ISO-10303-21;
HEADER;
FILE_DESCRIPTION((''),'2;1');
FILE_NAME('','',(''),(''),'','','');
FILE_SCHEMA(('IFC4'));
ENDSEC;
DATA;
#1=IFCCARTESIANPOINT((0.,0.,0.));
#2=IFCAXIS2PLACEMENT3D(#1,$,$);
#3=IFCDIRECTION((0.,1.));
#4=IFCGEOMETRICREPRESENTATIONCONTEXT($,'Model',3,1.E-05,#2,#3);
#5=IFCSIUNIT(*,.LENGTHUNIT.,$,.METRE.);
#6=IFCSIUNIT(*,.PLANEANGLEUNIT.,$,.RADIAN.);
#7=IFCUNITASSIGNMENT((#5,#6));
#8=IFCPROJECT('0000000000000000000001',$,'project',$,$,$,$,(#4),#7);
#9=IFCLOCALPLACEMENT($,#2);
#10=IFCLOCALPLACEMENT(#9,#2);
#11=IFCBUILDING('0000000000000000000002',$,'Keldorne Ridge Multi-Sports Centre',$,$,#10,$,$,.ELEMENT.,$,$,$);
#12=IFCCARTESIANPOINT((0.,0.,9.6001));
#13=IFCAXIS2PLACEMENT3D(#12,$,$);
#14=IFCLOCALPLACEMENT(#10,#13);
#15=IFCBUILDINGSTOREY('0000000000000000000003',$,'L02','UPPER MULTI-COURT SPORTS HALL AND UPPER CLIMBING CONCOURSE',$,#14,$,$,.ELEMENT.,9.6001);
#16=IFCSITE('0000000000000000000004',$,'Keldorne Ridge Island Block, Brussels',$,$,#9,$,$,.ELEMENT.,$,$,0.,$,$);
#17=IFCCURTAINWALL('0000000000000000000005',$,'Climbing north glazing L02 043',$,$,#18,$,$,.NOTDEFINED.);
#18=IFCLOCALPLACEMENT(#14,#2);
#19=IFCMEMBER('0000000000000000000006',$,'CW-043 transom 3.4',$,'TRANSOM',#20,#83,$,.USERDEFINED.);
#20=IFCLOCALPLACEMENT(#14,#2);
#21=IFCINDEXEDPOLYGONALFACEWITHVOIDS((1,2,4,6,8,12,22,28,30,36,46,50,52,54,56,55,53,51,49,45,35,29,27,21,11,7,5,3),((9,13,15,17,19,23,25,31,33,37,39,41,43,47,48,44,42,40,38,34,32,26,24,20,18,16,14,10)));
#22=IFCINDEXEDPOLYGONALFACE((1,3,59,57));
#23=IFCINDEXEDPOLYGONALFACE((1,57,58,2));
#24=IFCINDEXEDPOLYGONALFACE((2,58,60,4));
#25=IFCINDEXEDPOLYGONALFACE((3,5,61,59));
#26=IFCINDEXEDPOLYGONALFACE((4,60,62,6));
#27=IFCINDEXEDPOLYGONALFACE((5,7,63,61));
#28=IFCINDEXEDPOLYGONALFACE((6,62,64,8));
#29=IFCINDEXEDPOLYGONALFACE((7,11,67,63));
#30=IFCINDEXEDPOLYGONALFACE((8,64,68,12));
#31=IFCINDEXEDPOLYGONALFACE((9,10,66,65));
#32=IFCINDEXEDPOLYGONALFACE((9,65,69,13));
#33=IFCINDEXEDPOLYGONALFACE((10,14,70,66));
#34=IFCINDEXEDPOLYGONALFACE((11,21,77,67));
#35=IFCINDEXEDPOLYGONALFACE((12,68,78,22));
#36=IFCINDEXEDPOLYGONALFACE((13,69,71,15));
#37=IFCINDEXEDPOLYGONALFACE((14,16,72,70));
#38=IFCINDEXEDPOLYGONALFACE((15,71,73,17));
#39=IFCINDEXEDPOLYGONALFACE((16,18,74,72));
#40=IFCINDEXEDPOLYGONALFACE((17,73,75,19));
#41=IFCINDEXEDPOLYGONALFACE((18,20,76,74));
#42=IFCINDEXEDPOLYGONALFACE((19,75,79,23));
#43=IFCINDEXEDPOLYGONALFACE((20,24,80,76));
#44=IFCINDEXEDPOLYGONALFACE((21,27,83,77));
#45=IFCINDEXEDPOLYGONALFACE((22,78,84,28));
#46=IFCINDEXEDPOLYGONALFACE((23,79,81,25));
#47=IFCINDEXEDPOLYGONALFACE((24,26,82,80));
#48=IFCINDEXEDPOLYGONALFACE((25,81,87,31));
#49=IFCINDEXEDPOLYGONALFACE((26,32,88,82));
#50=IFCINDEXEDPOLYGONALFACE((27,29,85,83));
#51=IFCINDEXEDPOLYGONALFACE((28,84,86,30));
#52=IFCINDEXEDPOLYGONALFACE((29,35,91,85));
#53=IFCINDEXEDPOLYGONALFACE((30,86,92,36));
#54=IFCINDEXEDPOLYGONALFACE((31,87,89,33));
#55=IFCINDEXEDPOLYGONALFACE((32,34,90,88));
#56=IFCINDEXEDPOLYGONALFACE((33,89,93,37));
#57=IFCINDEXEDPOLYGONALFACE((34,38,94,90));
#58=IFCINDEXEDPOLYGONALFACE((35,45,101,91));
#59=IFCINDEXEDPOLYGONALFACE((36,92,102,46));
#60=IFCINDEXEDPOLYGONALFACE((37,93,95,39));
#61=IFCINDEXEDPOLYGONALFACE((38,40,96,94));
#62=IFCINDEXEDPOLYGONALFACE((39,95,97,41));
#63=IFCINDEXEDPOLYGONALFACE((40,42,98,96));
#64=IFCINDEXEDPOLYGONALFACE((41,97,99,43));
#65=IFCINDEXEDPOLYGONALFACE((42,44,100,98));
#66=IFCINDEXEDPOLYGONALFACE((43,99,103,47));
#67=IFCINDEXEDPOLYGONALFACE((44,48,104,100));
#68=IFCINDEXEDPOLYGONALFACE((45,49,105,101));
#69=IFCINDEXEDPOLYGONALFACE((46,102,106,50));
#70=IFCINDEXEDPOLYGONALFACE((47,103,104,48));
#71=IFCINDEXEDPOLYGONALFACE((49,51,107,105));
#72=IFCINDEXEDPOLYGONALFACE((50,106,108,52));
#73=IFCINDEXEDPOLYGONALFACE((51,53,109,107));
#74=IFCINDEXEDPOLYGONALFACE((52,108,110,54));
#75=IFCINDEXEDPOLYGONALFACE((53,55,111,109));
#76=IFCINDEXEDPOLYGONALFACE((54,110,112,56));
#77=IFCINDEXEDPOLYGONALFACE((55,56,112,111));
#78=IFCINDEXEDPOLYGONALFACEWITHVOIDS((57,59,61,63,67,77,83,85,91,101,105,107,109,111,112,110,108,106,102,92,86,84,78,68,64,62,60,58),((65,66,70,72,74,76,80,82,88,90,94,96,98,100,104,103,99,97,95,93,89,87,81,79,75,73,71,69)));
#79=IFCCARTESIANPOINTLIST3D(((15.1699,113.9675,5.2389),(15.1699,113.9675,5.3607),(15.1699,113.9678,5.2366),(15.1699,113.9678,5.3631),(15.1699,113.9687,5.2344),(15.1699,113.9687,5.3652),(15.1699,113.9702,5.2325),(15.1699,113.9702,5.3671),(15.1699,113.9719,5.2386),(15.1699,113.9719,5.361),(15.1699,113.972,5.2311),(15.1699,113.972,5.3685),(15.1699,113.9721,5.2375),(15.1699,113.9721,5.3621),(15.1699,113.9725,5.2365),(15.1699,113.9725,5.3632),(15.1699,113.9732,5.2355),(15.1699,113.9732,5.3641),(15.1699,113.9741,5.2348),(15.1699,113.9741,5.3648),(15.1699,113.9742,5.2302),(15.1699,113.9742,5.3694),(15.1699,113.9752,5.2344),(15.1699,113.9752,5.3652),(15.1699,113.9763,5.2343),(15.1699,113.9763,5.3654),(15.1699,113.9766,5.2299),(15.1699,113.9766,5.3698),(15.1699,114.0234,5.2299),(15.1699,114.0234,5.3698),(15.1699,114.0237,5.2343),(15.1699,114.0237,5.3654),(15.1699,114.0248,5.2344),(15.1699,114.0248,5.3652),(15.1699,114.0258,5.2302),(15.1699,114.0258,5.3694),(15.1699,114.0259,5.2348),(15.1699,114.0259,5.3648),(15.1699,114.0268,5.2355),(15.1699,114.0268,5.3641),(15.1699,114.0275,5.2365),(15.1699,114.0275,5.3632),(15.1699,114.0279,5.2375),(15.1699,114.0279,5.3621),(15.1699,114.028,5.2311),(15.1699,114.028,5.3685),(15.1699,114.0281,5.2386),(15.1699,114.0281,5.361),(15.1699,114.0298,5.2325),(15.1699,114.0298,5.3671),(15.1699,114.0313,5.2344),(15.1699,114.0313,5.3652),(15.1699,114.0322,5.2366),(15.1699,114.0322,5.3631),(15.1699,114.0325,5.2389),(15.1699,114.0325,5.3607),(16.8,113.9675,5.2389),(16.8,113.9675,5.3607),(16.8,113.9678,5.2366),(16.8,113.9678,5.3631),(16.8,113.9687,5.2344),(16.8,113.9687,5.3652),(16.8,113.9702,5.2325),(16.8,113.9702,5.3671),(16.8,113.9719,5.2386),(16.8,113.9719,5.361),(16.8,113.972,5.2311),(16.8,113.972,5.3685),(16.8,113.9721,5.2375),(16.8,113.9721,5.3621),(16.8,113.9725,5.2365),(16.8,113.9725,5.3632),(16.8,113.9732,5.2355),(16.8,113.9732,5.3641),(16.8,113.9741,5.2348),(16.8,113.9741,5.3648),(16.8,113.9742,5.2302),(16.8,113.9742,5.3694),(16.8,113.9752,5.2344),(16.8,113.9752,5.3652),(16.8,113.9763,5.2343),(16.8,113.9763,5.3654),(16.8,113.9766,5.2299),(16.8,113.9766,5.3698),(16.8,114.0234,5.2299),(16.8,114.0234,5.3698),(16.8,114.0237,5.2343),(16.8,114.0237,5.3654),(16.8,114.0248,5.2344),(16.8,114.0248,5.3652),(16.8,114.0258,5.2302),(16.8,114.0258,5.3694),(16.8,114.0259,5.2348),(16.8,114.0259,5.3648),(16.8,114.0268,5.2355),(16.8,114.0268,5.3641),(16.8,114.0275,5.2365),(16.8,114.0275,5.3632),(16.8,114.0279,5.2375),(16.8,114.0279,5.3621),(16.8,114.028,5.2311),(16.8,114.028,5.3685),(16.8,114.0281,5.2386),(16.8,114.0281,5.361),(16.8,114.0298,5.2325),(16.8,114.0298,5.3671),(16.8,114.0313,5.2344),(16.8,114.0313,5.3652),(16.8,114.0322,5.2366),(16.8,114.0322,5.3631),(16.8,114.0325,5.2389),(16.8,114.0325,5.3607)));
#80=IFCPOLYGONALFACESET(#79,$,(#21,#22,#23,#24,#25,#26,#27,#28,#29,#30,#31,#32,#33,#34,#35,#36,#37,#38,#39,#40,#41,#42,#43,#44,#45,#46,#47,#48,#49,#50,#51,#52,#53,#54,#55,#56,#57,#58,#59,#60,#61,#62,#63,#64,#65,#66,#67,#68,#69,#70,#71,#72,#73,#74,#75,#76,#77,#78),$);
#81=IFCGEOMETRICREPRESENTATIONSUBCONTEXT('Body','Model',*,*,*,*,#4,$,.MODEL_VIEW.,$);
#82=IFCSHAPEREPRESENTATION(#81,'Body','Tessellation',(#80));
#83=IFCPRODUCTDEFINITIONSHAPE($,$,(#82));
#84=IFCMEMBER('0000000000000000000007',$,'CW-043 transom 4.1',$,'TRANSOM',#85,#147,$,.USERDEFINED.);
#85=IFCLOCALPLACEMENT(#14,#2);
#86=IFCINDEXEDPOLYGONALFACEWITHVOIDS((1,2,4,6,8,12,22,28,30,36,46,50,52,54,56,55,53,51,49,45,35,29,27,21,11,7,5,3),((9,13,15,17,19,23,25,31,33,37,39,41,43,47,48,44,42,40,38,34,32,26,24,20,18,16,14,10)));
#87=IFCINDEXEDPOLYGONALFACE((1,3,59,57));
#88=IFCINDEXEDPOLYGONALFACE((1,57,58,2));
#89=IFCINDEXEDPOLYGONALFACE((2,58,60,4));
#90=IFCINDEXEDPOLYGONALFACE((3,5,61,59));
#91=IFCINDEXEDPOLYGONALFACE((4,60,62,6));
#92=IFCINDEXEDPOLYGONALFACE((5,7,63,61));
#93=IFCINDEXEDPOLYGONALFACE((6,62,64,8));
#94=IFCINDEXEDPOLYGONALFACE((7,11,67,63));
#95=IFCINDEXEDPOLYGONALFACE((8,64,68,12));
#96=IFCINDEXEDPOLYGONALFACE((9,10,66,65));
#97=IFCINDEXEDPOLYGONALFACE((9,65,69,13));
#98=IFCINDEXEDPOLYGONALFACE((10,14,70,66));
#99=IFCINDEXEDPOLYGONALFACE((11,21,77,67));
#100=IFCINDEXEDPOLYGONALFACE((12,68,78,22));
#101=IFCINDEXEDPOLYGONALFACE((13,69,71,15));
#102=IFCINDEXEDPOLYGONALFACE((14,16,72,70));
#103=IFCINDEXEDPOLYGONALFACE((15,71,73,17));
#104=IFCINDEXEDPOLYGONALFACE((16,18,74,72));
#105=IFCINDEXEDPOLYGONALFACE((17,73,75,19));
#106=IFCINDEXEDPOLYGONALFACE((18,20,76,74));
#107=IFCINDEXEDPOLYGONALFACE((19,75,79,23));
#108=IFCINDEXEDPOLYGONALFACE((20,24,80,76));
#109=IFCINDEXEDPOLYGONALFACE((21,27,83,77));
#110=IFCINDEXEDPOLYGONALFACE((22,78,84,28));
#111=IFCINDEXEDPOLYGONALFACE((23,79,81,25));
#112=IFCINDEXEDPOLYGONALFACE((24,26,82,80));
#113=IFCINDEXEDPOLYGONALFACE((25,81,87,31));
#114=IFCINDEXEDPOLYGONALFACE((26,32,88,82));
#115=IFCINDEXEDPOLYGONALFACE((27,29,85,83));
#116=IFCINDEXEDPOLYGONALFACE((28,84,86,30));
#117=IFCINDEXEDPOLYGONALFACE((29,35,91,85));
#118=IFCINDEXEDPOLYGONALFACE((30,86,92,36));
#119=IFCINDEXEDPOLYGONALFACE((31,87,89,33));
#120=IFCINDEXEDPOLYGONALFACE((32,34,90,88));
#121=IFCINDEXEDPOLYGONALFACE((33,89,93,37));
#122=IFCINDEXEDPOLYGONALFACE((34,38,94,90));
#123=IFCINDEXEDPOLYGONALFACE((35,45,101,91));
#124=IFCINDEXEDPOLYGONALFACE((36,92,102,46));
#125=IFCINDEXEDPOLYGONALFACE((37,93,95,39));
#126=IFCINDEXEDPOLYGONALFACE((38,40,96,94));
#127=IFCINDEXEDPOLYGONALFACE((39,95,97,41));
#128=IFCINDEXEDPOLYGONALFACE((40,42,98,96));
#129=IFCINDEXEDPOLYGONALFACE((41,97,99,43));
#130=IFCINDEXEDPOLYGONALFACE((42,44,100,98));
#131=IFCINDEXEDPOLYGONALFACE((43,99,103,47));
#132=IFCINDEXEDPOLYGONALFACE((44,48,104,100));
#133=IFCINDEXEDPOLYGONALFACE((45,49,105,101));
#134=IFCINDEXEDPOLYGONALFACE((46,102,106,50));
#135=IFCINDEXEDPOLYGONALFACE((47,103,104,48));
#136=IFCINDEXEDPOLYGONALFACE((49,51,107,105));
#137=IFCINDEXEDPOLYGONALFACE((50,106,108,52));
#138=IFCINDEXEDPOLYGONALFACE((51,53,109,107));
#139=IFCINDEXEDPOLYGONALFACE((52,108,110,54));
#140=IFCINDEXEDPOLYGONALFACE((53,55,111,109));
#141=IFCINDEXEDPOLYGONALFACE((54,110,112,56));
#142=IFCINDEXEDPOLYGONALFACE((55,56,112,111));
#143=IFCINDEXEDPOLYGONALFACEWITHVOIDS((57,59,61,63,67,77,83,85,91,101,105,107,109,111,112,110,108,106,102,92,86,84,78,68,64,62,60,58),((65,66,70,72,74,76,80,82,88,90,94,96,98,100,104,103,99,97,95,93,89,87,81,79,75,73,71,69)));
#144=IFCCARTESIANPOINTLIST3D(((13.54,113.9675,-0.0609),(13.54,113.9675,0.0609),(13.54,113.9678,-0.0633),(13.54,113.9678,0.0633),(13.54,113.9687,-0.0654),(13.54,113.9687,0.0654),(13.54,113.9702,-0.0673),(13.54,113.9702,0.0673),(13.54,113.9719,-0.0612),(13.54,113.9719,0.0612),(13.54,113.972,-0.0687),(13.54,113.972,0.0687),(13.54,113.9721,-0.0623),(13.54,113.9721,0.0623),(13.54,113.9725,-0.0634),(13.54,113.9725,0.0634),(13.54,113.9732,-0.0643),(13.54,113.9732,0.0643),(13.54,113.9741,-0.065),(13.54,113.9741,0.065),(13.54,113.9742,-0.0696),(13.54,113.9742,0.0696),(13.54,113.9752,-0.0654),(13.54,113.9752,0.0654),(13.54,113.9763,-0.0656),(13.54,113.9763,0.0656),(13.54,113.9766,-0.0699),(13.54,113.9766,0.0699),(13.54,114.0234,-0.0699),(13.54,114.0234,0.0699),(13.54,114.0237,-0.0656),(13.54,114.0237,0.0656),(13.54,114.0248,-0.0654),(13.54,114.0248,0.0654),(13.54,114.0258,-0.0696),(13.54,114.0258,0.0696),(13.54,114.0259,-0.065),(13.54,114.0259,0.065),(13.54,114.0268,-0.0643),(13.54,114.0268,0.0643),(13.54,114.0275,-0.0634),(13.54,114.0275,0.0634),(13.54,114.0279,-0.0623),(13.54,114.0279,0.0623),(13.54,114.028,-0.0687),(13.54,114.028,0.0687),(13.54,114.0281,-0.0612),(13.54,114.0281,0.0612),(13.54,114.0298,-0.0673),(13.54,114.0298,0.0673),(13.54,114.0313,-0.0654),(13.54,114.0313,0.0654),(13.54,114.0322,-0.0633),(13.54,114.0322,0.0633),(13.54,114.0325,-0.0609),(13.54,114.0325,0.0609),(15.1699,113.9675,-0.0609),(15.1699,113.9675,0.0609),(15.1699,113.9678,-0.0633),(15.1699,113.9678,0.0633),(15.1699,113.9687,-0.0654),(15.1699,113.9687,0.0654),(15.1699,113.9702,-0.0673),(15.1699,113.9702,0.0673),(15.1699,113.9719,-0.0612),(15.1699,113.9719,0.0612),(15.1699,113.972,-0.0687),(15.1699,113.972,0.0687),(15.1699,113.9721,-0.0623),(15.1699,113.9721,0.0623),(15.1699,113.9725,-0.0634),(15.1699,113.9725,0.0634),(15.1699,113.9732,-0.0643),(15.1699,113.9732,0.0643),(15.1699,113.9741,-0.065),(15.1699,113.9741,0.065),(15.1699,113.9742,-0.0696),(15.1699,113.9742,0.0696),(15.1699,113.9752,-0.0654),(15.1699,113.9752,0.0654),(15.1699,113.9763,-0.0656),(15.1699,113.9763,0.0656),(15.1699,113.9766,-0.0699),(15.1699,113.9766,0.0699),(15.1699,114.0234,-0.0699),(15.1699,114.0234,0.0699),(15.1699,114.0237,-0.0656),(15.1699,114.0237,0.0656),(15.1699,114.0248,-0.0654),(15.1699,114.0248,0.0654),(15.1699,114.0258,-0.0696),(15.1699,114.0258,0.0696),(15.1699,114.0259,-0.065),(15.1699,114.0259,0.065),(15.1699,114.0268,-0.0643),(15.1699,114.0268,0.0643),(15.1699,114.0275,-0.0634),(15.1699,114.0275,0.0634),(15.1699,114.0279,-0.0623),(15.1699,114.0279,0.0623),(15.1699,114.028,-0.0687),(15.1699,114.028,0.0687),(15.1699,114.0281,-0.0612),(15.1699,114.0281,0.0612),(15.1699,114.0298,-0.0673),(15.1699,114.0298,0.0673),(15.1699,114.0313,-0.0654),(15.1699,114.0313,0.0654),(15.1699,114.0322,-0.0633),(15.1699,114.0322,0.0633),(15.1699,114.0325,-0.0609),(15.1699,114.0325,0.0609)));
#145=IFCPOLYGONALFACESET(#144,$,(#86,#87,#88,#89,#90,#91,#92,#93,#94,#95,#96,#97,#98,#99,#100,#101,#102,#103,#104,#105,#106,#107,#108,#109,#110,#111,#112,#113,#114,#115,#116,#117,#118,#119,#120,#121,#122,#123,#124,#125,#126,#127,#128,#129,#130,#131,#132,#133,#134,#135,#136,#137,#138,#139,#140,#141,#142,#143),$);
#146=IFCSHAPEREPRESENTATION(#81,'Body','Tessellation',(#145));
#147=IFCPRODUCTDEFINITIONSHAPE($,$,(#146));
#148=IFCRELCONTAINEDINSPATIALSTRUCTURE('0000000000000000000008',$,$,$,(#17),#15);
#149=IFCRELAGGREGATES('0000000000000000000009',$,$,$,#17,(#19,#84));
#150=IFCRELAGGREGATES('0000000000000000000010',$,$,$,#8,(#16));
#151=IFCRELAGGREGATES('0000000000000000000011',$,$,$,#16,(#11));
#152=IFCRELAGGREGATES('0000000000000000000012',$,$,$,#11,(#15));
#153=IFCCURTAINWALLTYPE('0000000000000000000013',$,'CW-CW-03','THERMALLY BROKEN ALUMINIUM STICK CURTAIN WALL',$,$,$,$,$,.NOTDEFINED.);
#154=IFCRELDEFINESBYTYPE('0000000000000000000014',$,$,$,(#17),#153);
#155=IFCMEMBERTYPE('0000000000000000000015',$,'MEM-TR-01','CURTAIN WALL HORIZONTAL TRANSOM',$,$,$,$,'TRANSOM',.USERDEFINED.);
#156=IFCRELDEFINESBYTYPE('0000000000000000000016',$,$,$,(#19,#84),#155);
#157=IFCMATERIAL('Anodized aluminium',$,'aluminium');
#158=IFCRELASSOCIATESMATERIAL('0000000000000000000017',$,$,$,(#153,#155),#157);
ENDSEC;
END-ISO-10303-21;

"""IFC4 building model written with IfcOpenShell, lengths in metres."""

from ifc_helpers import new_model, si_unit, direction, frame, origin, origin_2d, place, context, subcontext, project, spatial, hollow_rectangle, extrude, material, material_profile, profile_set, type_object, element, aggregate, save


model = new_model("IFC4")

# Units and contexts
model_context = context("Model", 3, precision=1e-05, world=origin(), true_north=direction((0.0, 1.0)))
body_context = subcontext(model_context, "Body", "Model", "MODEL_VIEW")
ifc_project = project(units=[si_unit("LENGTHUNIT", "METRE"), si_unit("PLANEANGLEUNIT", "RADIAN")], contexts=[model_context])

# Site, building, storey
site_placement = place(None, origin())
site = spatial("IfcSite", under=ifc_project, at=site_placement, Name="Keldorne Ridge Island Block, Brussels", CompositionType="ELEMENT", RefElevation=0.0)
building_placement = place(site_placement, origin())
building = spatial("IfcBuilding", under=site, at=building_placement, Name="Keldorne Ridge Multi-Sports Centre", CompositionType="ELEMENT")
storey_placement = place(building_placement, frame((0.0, 0.0, 9.6001)))
storey = spatial("IfcBuildingStorey", under=building, at=storey_placement, Name="L02", Description="UPPER MULTI-COURT SPORTS HALL AND UPPER CLIMBING CONCOURSE", CompositionType="ELEMENT", Elevation=9.6001)

# Curtain wall
ifc_material_1 = material(Name="Anodized aluminium", Category="aluminium")
curtain_wall_type = type_object("IfcCurtainWallType", Name="CW-CW-03", Description="THERMALLY BROKEN ALUMINIUM STICK CURTAIN WALL", PredefinedType="NOTDEFINED", material=ifc_material_1)
curtain_wall_placement = place(storey_placement, origin())
curtain_wall = element("IfcCurtainWall", 1, at=curtain_wall_placement, inside=storey, type_object=curtain_wall_type, Name="Climbing north glazing L02 043", PredefinedType="NOTDEFINED")

# Members
ifc_material_profile_1 = material_profile(ifc_material_1, hollow_rectangle(XDim=0.0649, YDim=0.1399, WallThickness=0.0044, InnerFilletRadius=0.0044, OuterFilletRadius=0.009, at=origin_2d()), Name="ALU TRANSOM 140x65x4.5")
ifc_profile_set_1 = profile_set([ifc_material_profile_1], Name="Anodized aluminium")
member_type_1 = type_object("IfcMemberType", Name="MEM-TR-01", Description="CURTAIN WALL HORIZONTAL TRANSOM", ElementType="TRANSOM", PredefinedType="USERDEFINED", material=ifc_profile_set_1)
member_1_placement = place(storey_placement, frame((16.8, 114.0, 5.2998), z_axis=(-1.0, 0.0, 0.0), x_axis=(0.0, -1.0, 0.0)))
member_1 = element("IfcMember", 2, at=member_1_placement, type_object=member_type_1, Name="CW-043 transom 3.4", ObjectType="TRANSOM", PredefinedType="USERDEFINED", context=body_context, shape_type="SweptSolid", body=[
    extrude(hollow_rectangle(XDim=0.0649, YDim=0.1399, WallThickness=0.0044, InnerFilletRadius=0.0044, OuterFilletRadius=0.009, at=origin_2d()), origin(), (0.0, 0.0, 1.0), 1.6301),
])
member_2_placement = place(storey_placement, frame((15.1699, 114.0, 0.0), z_axis=(-1.0, 0.0, 0.0), x_axis=(0.0, -1.0, 0.0)))
member_2 = element("IfcMember", 3, at=member_2_placement, type_object=member_type_1, Name="CW-043 transom 4.1", ObjectType="TRANSOM", PredefinedType="USERDEFINED", context=body_context, shape_type="SweptSolid", body=[
    extrude(hollow_rectangle(XDim=0.0649, YDim=0.1399, WallThickness=0.0044, InnerFilletRadius=0.0044, OuterFilletRadius=0.009, at=origin_2d()), origin(), (0.0, 0.0, 1.0), 1.6299),
])

aggregate(curtain_wall, [member_1, member_2])

save(model, "model.ifc")
